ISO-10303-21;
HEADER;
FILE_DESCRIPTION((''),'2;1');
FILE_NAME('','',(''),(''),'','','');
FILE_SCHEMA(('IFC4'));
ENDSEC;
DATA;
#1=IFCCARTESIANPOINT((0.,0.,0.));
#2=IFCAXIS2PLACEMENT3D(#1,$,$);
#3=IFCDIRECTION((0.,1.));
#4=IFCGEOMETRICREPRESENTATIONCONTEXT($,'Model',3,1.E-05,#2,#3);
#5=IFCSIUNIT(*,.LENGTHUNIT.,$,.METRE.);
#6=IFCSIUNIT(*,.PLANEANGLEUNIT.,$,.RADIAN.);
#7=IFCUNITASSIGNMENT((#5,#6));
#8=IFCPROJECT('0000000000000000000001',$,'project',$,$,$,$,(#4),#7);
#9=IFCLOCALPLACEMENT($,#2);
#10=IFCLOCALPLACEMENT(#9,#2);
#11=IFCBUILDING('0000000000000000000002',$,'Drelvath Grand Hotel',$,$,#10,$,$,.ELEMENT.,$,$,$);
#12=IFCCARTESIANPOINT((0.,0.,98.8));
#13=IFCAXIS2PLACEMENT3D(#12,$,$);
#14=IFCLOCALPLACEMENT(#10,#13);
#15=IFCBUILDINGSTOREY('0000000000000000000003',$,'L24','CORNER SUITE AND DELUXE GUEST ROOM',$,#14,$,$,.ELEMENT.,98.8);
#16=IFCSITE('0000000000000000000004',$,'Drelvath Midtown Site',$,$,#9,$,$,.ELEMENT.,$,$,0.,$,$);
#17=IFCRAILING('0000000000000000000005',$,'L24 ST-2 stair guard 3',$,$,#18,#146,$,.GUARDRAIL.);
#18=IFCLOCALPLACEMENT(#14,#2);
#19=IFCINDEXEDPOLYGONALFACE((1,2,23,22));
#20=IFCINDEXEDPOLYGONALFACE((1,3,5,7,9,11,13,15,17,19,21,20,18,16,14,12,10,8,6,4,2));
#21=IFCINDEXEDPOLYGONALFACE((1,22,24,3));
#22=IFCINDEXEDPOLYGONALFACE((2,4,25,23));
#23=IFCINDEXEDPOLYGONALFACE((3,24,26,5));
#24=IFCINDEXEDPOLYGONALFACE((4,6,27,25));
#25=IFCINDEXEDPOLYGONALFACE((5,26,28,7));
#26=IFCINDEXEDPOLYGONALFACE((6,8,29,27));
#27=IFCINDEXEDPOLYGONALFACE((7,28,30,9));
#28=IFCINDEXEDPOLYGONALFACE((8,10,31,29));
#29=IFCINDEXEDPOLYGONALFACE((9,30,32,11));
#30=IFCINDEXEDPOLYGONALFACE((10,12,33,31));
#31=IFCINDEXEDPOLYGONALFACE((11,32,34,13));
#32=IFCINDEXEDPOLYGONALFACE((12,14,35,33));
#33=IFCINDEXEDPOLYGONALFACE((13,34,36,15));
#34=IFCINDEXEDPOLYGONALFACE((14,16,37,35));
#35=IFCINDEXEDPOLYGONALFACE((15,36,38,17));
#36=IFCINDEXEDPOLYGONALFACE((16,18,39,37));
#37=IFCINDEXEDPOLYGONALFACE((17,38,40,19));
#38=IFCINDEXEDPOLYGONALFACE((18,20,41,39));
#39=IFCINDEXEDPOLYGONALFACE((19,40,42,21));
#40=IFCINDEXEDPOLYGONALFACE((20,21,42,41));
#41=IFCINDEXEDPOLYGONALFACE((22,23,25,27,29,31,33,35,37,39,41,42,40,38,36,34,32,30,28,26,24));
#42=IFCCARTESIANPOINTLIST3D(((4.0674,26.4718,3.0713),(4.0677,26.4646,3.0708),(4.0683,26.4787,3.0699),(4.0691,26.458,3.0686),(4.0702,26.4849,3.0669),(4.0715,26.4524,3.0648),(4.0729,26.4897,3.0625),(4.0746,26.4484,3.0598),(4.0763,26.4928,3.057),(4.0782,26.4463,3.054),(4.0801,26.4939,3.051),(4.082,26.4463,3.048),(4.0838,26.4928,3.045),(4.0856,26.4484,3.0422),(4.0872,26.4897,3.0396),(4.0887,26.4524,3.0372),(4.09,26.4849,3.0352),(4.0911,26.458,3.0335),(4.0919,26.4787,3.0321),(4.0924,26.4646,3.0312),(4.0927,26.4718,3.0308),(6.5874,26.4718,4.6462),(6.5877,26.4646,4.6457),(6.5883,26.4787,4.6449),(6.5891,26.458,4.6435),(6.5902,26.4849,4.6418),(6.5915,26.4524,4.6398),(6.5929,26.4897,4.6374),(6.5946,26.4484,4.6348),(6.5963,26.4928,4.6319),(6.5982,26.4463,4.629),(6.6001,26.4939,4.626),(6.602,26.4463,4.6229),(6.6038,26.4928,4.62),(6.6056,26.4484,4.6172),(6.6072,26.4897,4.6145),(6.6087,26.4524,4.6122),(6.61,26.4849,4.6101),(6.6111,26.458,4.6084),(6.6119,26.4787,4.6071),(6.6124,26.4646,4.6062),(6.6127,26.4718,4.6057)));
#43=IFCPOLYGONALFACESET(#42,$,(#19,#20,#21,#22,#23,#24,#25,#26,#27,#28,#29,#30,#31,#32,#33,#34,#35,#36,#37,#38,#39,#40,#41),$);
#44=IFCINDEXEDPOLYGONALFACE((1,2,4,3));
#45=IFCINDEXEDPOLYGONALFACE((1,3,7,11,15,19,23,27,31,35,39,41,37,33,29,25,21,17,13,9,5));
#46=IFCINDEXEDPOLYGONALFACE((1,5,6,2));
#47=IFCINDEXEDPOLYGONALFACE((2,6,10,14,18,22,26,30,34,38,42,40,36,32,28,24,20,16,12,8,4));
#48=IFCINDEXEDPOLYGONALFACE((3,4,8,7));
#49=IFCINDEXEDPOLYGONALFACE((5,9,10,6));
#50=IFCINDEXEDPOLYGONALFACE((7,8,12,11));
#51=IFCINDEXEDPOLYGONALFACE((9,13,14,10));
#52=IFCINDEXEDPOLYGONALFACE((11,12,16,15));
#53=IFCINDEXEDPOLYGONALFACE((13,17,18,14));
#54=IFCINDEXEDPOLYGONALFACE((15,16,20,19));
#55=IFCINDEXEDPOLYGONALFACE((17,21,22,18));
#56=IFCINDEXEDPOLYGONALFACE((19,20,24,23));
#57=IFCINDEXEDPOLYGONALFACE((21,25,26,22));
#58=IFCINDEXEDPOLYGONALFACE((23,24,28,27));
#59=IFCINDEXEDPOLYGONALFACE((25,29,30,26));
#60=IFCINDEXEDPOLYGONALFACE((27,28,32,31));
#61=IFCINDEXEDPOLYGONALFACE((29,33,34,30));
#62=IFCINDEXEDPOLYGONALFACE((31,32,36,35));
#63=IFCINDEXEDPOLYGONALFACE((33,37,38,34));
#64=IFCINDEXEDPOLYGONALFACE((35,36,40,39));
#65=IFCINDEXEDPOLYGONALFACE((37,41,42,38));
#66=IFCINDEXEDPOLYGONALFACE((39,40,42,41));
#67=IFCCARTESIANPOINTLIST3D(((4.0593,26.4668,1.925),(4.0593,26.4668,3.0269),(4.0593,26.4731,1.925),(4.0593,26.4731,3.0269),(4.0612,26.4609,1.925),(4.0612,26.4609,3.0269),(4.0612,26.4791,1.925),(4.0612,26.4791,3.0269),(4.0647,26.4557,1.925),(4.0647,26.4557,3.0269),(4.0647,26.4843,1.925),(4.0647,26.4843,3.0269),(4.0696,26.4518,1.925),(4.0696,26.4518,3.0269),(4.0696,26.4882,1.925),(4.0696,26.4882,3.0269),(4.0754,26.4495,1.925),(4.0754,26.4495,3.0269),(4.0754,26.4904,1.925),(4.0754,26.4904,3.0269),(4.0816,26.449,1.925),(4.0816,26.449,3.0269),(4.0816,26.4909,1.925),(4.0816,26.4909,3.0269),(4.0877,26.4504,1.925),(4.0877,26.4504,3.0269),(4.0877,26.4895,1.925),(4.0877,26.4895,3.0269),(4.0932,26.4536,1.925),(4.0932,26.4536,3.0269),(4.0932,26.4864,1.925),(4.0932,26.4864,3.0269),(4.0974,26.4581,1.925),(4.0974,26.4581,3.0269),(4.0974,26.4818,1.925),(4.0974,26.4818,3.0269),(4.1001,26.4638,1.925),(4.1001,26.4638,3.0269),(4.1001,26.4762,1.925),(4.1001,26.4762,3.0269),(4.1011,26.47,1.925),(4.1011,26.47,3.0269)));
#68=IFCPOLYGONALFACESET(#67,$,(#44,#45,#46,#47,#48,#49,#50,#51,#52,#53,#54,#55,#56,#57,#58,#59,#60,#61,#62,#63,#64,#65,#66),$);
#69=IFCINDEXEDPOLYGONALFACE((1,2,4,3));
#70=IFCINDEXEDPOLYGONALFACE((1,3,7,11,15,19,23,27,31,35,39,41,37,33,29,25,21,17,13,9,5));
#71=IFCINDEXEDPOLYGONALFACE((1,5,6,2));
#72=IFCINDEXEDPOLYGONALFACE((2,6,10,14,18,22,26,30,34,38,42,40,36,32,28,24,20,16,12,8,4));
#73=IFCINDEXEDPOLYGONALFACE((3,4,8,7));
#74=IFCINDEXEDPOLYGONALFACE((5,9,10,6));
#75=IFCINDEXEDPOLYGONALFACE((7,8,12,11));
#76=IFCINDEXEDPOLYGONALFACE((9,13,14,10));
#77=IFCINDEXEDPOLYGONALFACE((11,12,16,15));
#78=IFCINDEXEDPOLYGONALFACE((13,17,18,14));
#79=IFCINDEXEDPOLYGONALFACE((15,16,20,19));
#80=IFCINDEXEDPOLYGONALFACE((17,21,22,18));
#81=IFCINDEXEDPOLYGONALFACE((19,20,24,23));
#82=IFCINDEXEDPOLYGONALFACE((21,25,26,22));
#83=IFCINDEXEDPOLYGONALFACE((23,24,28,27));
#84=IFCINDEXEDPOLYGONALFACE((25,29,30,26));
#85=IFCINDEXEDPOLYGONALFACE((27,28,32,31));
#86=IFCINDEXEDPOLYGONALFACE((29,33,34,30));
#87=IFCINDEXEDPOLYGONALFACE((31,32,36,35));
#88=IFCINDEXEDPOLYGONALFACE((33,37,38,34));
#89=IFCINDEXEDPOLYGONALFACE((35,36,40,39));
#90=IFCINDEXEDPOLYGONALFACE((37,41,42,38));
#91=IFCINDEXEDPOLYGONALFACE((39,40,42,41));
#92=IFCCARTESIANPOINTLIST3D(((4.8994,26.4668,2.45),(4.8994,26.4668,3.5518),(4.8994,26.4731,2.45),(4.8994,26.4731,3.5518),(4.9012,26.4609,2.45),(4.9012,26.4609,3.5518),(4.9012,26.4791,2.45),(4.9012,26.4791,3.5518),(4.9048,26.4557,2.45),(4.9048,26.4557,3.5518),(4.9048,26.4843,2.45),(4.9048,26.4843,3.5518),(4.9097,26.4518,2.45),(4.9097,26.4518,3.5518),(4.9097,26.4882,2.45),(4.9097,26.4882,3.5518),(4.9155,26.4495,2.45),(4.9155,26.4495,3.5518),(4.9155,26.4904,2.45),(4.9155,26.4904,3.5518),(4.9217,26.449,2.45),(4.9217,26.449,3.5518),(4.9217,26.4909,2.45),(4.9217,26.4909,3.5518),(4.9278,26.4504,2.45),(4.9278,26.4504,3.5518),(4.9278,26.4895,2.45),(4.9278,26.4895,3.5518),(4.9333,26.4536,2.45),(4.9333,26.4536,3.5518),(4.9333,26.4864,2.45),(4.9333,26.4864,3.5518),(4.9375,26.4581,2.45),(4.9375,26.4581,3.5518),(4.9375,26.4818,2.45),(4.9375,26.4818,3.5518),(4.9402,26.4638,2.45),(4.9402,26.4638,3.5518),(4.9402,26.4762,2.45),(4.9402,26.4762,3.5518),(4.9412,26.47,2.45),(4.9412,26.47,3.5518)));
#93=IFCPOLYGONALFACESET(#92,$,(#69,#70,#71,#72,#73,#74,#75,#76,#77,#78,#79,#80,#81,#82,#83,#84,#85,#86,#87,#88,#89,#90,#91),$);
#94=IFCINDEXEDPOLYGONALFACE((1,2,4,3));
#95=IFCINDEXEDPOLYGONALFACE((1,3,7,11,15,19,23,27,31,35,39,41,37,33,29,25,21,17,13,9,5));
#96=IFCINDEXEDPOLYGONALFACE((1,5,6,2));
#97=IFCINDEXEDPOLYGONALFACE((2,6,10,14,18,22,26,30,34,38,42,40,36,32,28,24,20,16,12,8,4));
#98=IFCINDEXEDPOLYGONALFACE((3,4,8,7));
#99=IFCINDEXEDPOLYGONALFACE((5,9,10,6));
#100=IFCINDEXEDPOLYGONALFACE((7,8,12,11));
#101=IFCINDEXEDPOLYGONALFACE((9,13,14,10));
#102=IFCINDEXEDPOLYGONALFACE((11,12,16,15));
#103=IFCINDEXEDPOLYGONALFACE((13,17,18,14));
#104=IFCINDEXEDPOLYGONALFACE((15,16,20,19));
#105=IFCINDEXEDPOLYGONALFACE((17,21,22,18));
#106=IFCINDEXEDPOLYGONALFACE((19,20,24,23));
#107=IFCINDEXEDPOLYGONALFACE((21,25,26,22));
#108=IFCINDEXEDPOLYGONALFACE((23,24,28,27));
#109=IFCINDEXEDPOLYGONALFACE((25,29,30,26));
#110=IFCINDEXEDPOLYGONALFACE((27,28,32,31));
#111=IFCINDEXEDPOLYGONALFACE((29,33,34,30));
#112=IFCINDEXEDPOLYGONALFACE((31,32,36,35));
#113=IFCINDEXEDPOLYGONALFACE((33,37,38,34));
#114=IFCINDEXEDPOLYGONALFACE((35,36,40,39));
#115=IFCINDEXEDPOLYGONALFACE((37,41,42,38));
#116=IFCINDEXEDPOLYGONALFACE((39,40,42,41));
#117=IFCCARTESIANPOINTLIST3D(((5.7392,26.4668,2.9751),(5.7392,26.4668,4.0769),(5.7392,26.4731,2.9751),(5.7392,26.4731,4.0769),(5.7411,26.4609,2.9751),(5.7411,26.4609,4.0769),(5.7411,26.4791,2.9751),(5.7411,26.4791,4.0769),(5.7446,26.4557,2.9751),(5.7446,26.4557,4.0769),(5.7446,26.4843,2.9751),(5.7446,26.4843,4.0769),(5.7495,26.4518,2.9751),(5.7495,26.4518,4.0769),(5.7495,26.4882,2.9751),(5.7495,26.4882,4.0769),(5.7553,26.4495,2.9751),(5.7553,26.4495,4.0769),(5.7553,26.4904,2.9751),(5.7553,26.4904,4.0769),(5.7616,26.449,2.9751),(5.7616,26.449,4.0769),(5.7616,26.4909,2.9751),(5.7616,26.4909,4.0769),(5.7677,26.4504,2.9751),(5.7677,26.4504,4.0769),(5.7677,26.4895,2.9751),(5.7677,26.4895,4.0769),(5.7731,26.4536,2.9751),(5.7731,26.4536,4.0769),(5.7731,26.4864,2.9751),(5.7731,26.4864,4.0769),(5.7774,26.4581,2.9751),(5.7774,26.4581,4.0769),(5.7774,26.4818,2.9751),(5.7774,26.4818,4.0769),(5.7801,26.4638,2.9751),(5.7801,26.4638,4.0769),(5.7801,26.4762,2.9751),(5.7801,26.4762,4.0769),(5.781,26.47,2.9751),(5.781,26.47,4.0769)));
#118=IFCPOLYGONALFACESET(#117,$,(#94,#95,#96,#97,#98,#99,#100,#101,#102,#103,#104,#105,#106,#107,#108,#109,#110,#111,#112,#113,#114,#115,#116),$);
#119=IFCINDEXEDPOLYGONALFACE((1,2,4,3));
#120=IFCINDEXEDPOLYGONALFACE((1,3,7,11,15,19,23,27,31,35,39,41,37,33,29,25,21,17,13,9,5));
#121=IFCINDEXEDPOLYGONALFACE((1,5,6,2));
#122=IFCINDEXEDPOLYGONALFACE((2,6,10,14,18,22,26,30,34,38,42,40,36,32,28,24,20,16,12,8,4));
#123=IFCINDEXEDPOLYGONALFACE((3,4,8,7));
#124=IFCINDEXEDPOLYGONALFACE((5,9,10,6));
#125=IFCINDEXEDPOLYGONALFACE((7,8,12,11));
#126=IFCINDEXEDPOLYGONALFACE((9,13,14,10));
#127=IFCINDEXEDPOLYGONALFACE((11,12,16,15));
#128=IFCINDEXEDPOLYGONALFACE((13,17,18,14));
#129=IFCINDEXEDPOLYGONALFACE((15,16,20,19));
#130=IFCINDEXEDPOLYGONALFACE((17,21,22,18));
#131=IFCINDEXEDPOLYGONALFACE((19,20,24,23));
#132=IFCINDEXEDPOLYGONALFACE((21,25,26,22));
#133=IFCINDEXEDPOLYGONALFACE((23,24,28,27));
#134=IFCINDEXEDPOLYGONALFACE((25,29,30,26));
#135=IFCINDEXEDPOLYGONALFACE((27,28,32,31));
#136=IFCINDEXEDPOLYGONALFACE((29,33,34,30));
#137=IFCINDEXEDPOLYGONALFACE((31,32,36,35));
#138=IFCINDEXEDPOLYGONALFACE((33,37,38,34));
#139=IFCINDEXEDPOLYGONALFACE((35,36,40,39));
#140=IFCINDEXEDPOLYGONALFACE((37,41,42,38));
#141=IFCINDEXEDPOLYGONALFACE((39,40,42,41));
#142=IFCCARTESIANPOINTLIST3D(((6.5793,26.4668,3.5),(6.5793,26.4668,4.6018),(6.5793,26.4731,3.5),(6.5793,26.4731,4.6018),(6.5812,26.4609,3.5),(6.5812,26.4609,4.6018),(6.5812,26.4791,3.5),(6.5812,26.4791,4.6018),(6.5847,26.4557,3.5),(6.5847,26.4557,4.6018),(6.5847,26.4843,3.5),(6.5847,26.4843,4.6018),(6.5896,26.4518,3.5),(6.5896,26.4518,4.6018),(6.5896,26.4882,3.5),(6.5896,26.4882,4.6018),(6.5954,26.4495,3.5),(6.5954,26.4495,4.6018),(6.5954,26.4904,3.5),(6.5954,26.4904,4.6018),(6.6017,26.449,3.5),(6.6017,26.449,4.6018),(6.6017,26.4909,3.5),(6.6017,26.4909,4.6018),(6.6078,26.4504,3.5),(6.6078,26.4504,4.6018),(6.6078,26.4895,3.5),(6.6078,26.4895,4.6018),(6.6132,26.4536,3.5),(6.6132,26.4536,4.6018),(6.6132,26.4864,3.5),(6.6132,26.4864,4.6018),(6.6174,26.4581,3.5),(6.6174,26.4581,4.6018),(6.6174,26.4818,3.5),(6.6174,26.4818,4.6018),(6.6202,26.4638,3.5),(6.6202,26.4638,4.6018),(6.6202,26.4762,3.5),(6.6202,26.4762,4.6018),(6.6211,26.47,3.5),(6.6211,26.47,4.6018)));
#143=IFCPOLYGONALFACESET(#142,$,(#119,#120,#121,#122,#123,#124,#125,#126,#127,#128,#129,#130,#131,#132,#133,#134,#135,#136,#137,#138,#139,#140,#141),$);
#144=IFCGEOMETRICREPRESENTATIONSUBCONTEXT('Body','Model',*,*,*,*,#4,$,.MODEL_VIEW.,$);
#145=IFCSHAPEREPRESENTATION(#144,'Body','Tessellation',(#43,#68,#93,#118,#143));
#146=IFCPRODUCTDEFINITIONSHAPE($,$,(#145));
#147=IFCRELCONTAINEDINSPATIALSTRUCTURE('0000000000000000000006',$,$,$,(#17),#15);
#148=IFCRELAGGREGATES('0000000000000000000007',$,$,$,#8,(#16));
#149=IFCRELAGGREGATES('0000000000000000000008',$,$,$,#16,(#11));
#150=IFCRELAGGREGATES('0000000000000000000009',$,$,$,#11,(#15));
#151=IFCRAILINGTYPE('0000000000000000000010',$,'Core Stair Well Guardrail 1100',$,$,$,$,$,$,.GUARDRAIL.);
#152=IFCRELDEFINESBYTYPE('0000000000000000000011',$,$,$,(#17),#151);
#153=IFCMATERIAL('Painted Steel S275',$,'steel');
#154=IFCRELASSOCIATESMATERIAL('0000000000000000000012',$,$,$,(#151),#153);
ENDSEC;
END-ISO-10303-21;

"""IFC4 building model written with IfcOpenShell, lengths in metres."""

from ifc_helpers import new_model, si_unit, direction, frame, origin, origin_2d, place, context, subcontext, project, spatial, circle, extrude, material, type_object, element, save


model = new_model("IFC4")

# Units and contexts
model_context = context("Model", 3, precision=1e-05, world=origin(), true_north=direction((0.0, 1.0)))
body_context = subcontext(model_context, "Body", "Model", "MODEL_VIEW")
ifc_project = project(units=[si_unit("LENGTHUNIT", "METRE"), si_unit("PLANEANGLEUNIT", "RADIAN")], contexts=[model_context])

# Site, building, storey
site_placement = place(None, origin())
site = spatial("IfcSite", under=ifc_project, at=site_placement, Name="Drelvath Midtown Site", CompositionType="ELEMENT", RefElevation=0.0)
building_placement = place(site_placement, origin())
building = spatial("IfcBuilding", under=site, at=building_placement, Name="Drelvath Grand Hotel", CompositionType="ELEMENT")
storey_placement = place(building_placement, frame((0.0, 0.0, 98.8)))
storey = spatial("IfcBuildingStorey", under=building, at=storey_placement, Name="L24", Description="CORNER SUITE AND DELUXE GUEST ROOM", CompositionType="ELEMENT", Elevation=98.8)

# Railing
ifc_material_1 = material(Name="Painted Steel S275", Category="steel")
railing_type_1 = type_object("IfcRailingType", Name="Core Stair Well Guardrail 1100", PredefinedType="GUARDRAIL", material=ifc_material_1)
railing_1_placement = place(storey_placement, frame((4.0801, 26.47, 1.925)))
element("IfcRailing", 1, at=railing_1_placement, inside=storey, type_object=railing_type_1, Name="L24 ST-2 stair guard 3", PredefinedType="GUARDRAIL", context=body_context, shape_type="SweptSolid", body=[
    extrude(circle(Radius=0.0239, at=origin_2d()), frame((0.0, 0.0, 1.126), z_axis=(0.848008, 0.0, 0.529984), x_axis=(0.0, 1.0, 0.0)), (0.0, 0.0, 1.0), 2.9717),
    extrude(circle(Radius=0.021, at=origin_2d()), origin(), (0.0, 0.0, 1.0), 1.1018),
    extrude(circle(Radius=0.021, at=origin_2d()), frame((0.8401, 0.0, 0.5249)), (0.0, 0.0, 1.0), 1.1018),
    extrude(circle(Radius=0.021, at=origin_2d()), frame((1.6799, 0.0, 1.05)), (0.0, 0.0, 1.0), 1.1018),
    extrude(circle(Radius=0.021, at=origin_2d()), frame((2.52, 0.0, 1.575)), (0.0, 0.0, 1.0), 1.1018),
])

save(model, "model.ifc")
